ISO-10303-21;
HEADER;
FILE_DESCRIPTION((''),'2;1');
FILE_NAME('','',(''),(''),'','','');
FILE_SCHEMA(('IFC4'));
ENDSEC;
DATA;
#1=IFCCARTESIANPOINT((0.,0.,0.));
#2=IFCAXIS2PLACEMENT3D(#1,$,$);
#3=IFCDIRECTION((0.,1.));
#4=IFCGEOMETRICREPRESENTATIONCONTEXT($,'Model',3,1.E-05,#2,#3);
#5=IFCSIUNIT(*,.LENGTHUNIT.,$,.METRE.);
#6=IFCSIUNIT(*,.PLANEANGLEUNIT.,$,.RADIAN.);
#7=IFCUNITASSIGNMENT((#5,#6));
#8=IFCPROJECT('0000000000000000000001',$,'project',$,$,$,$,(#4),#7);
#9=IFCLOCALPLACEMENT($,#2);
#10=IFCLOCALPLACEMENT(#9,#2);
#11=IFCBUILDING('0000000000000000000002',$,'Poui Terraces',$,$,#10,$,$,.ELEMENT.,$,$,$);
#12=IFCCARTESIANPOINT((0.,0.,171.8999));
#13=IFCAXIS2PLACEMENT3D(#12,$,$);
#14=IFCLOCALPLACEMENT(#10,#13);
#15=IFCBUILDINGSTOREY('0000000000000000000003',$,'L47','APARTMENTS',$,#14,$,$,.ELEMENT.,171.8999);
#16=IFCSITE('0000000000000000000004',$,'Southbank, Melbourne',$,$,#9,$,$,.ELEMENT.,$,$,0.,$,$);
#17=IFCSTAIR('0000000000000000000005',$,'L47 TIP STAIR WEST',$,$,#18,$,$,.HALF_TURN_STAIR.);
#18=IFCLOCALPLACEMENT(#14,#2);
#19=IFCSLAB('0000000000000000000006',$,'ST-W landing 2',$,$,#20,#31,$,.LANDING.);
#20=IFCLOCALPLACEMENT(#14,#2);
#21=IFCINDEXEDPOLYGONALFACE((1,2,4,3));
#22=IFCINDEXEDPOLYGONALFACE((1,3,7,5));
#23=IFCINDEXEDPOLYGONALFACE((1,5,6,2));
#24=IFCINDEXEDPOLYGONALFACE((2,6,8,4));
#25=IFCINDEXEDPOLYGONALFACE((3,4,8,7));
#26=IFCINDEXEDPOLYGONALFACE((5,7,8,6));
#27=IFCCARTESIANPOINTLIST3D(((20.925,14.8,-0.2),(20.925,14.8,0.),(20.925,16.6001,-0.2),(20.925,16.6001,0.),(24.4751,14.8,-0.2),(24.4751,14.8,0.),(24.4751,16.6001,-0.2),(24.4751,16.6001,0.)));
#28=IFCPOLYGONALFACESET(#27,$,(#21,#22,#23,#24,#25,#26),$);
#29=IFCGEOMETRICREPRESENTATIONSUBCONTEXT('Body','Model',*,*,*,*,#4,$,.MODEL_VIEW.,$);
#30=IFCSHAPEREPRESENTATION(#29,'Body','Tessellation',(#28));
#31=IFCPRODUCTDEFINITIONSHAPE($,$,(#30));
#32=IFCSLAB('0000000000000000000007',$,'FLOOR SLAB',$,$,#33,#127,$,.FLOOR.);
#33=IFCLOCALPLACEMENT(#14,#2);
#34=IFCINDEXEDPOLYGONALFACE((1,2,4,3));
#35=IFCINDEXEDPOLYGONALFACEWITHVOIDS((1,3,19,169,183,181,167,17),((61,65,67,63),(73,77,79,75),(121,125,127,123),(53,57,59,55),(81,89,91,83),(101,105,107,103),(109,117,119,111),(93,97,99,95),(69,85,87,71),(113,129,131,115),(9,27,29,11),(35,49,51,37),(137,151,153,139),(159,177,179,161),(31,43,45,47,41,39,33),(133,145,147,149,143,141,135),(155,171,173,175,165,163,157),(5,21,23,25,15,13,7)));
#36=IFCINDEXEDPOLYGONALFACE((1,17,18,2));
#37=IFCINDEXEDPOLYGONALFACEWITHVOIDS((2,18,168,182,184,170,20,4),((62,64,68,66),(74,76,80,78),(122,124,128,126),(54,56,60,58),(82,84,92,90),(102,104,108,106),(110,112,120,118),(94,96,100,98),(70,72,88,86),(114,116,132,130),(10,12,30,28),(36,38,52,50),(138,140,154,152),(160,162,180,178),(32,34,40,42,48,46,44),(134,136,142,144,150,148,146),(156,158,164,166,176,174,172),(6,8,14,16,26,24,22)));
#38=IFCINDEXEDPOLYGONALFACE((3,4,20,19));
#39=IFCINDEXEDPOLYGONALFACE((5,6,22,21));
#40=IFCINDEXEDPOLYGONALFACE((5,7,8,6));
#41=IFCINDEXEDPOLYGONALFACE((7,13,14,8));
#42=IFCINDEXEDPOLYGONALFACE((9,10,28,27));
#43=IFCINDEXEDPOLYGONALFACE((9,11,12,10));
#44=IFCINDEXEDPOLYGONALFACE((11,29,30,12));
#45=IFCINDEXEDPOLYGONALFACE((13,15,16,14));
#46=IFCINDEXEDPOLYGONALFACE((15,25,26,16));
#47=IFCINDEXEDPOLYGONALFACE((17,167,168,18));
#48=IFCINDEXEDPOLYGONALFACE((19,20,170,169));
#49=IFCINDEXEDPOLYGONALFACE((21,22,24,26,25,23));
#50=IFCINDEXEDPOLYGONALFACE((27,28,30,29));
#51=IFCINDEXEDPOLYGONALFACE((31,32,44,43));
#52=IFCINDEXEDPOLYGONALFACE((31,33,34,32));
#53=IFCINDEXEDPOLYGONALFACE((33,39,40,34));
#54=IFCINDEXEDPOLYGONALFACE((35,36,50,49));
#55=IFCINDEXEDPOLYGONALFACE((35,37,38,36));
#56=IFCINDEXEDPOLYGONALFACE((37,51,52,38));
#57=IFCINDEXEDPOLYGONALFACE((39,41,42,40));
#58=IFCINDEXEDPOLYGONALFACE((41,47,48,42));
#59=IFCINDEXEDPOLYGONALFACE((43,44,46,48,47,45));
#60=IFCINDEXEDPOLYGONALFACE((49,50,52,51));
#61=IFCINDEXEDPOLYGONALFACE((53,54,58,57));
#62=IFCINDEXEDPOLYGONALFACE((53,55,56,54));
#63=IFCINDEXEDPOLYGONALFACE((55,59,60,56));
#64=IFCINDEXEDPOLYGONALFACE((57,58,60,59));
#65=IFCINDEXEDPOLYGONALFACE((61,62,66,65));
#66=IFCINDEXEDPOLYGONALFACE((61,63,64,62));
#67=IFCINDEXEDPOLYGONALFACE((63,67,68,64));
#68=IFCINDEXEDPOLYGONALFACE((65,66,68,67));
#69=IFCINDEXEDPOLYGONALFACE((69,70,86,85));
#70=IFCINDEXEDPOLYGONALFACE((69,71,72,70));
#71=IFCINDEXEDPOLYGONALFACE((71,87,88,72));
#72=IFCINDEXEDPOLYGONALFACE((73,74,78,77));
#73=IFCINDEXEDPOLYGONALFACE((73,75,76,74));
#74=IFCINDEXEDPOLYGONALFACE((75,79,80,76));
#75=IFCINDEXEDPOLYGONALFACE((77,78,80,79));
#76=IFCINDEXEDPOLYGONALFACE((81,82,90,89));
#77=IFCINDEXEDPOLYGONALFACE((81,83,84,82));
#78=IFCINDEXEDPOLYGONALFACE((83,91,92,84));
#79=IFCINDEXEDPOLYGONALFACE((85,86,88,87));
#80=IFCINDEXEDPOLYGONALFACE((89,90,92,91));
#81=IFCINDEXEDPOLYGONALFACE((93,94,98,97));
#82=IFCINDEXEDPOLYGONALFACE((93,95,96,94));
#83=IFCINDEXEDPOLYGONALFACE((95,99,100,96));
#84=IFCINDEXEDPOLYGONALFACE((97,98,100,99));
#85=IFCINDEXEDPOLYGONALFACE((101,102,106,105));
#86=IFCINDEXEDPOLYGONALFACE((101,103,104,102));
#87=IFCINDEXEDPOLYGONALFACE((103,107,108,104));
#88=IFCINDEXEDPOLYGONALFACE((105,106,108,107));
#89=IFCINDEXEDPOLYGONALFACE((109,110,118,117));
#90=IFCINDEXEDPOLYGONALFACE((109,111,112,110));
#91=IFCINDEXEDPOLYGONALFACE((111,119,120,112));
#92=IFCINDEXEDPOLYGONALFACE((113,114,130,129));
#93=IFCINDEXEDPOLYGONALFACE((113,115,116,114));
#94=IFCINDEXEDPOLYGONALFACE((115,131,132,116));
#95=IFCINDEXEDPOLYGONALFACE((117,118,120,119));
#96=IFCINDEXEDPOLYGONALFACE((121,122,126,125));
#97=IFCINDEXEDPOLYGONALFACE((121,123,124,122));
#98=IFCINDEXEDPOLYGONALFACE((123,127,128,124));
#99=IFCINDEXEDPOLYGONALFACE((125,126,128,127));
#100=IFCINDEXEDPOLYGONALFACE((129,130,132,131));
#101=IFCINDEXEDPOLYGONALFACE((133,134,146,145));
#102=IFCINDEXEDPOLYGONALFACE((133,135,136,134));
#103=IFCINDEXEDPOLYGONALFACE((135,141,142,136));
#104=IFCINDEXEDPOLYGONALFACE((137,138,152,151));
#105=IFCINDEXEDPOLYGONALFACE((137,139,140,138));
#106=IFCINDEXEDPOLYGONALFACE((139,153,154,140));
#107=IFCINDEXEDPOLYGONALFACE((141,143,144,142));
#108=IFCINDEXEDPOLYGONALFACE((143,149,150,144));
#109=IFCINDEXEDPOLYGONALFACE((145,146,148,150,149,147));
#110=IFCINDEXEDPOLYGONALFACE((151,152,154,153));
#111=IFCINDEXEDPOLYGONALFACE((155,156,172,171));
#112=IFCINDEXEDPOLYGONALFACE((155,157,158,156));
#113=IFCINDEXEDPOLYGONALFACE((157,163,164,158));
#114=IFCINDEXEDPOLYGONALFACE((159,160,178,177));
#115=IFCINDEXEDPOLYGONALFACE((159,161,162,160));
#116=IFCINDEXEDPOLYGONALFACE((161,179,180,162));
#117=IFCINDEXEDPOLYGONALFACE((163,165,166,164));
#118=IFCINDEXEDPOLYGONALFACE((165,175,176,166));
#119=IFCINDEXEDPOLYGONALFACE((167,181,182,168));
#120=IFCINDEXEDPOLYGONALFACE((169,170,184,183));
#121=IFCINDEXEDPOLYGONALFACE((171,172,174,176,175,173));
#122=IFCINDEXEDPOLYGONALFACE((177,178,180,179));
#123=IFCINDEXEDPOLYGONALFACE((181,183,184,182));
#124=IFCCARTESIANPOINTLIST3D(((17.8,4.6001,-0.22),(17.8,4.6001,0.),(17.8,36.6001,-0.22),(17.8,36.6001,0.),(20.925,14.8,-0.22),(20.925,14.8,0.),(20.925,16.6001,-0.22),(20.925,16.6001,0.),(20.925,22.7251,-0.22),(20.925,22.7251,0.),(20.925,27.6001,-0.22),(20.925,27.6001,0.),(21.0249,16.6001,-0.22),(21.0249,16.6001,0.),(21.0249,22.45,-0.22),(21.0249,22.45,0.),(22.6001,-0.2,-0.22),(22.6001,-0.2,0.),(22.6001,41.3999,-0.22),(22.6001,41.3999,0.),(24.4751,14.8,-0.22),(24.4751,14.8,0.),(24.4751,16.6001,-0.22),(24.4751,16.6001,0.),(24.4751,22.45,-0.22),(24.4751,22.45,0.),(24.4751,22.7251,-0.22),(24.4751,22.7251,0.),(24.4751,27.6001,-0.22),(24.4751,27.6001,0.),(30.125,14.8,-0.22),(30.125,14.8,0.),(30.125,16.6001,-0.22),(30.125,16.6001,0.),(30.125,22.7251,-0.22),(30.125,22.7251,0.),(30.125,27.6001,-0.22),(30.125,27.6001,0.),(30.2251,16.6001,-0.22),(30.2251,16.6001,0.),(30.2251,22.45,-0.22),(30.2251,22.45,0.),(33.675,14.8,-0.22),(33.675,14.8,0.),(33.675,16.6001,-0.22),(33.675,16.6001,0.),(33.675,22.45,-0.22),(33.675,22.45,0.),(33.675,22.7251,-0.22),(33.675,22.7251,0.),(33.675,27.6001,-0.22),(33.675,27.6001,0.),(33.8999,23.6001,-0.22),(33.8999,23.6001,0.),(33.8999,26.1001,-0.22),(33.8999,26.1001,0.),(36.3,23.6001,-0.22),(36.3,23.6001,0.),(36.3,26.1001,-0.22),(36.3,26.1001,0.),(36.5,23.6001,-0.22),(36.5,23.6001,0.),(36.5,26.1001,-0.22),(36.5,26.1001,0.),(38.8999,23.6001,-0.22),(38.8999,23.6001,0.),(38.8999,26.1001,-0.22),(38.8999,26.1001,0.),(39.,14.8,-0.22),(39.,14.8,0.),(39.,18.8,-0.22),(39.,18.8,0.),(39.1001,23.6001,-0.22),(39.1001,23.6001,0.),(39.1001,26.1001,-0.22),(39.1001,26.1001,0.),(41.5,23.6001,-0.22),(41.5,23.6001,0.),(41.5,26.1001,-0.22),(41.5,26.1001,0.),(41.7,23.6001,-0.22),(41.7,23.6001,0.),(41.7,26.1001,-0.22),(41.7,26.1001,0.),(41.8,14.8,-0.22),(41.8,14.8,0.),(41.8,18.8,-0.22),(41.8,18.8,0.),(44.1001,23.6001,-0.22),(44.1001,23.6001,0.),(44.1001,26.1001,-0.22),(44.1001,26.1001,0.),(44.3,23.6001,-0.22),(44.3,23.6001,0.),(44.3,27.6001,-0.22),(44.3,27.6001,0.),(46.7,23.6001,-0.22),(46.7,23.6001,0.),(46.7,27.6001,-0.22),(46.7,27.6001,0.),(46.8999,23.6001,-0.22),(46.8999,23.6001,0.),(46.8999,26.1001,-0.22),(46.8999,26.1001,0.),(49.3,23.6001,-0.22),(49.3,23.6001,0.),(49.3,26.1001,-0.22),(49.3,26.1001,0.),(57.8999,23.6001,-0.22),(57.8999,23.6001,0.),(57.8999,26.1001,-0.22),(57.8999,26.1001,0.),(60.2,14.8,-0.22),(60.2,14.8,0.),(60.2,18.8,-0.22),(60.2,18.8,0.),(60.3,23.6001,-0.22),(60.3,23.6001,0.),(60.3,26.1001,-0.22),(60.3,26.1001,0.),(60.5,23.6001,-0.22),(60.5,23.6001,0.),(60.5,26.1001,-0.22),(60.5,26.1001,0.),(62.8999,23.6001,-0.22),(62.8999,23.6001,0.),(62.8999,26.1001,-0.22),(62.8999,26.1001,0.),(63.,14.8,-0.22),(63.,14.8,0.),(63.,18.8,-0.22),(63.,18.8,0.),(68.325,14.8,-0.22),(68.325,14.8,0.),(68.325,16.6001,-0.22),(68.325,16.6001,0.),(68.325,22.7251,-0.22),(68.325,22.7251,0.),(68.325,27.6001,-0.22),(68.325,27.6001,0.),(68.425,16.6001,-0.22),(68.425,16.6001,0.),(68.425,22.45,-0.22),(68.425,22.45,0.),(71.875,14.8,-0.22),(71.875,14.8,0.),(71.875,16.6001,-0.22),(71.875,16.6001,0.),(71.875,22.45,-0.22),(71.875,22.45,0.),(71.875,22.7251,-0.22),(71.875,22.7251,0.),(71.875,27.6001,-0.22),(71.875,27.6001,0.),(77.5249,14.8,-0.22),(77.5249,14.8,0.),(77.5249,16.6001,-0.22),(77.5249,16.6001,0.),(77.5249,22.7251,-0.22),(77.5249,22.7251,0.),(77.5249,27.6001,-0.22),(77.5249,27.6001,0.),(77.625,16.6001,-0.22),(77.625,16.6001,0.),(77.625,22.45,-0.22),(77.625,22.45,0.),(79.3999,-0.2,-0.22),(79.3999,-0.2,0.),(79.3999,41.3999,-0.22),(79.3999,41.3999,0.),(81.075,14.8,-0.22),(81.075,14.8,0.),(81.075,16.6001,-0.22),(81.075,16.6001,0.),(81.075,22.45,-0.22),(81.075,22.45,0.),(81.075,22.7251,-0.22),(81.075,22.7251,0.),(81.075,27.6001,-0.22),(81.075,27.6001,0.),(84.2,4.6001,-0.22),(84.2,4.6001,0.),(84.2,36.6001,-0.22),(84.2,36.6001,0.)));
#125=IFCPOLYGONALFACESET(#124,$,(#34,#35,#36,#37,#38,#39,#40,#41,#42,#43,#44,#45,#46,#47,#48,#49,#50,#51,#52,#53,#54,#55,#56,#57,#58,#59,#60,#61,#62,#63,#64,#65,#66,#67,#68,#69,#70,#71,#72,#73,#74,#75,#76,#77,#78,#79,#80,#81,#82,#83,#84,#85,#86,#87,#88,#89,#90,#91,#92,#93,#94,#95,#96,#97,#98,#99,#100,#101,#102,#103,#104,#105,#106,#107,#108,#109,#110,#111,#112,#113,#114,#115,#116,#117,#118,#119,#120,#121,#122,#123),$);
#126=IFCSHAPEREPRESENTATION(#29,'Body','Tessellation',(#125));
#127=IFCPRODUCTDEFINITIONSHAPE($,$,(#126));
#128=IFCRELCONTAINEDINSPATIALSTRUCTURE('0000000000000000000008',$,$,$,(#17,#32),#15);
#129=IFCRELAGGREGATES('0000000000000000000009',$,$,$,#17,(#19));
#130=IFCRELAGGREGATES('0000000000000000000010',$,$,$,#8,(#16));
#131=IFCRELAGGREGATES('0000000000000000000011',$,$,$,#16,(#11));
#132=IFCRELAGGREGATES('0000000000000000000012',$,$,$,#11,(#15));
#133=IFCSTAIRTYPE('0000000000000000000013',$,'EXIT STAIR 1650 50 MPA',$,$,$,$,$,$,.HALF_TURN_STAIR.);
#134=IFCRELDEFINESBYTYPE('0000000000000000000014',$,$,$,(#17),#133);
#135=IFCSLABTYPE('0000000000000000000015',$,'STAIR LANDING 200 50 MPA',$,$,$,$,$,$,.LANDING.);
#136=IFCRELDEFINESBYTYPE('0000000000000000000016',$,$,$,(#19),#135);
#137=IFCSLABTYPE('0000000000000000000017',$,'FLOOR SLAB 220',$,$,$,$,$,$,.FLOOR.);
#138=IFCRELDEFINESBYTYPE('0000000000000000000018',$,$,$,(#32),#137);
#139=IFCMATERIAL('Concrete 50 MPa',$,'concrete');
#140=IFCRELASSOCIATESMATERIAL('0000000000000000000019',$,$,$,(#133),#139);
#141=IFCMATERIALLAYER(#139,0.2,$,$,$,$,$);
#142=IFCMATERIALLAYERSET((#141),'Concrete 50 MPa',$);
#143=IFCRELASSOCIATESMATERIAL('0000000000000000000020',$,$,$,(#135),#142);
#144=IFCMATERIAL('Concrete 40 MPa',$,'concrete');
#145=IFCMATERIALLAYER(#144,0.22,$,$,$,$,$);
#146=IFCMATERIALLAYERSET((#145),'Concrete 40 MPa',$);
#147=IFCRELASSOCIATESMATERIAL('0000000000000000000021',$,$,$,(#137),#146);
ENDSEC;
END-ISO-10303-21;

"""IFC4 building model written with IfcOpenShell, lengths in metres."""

from ifc_helpers import new_model, si_unit, direction, frame, origin, place, context, subcontext, project, spatial, polyline, outline, extrude, source, transform, mapped, material, layer, layer_set, type_object, element, aggregate, save


model = new_model("IFC4")

# Units and contexts
model_context = context("Model", 3, precision=1e-05, world=origin(), true_north=direction((0.0, 1.0)))
body_context = subcontext(model_context, "Body", "Model", "MODEL_VIEW")
ifc_project = project(units=[si_unit("LENGTHUNIT", "METRE"), si_unit("PLANEANGLEUNIT", "RADIAN")], contexts=[model_context])

# Site, building, storey
site_placement = place(None, origin())
site = spatial("IfcSite", under=ifc_project, at=site_placement, Name="Southbank, Melbourne", CompositionType="ELEMENT", RefElevation=0.0)
building_placement = place(site_placement, origin())
building = spatial("IfcBuilding", under=site, at=building_placement, Name="Poui Terraces", CompositionType="ELEMENT")
storey_placement = place(building_placement, frame((0.0, 0.0, 171.8999)))
storey = spatial("IfcBuildingStorey", under=building, at=storey_placement, Name="L47", Description="APARTMENTS", CompositionType="ELEMENT", Elevation=171.8999)

# Stair, slab
ifc_material_1 = material(Name="Concrete 50 MPa", Category="concrete")
stair_type = type_object("IfcStairType", Name="EXIT STAIR 1650 50 MPA", PredefinedType="HALF_TURN_STAIR", material=ifc_material_1)
stair_placement = place(storey_placement, origin())
stair = element("IfcStair", 1, at=stair_placement, inside=storey, type_object=stair_type, Name="L47 TIP STAIR WEST", PredefinedType="HALF_TURN_STAIR")
ifc_layer_1 = layer(ifc_material_1, 0.2)
ifc_layer_set_1 = layer_set([ifc_layer_1], Name="Concrete 50 MPa")
slab_type_1 = type_object("IfcSlabType", Name="STAIR LANDING 200 50 MPA", PredefinedType="LANDING", material=ifc_layer_set_1)
slab_1_placement = place(storey_placement, frame((0.0, 0.0, -0.2)))
slab_1 = element("IfcSlab", 2, at=slab_1_placement, type_object=slab_type_1, Name="ST-W landing 2", PredefinedType="LANDING", context=body_context, shape_type="SweptSolid", body=[
    extrude(outline(polyline([(20.925, 14.8), (24.4751, 14.8), (24.4751, 16.6001), (20.925, 16.6001), (20.925, 14.8)])), origin(), (0.0, 0.0, 1.0), 0.2),
])
aggregate(stair, [slab_1])

# Slab
ifc_material_2 = material(Name="Concrete 40 MPa", Category="concrete")
ifc_layer_2 = layer(ifc_material_2, 0.22)
ifc_layer_set_2 = layer_set([ifc_layer_2], Name="Concrete 40 MPa")
slab_type_2 = type_object("IfcSlabType", Name="FLOOR SLAB 220", PredefinedType="FLOOR", material=ifc_layer_set_2)
shared_shape = source(origin(), body_context, "Body", "SweptSolid", [
    extrude(outline(polyline([(0.0, 0.0), (4.8, -4.8), (61.5999, -4.8), (66.3999, 0.0), (66.3999, 32.0), (61.5999, 36.7998), (4.8, 36.7998), (0.0, 32.0), (0.0, 0.0)]), holes=[polyline([(21.2, 10.2), (21.2, 14.2), (24.0, 14.2), (24.0, 10.2), (21.2, 10.2)]), polyline([(3.2249, 17.8499), (6.675, 17.8499), (6.675, 12.0), (6.675, 10.2), (3.125, 10.2), (3.125, 12.0), (3.2249, 12.0), (3.2249, 17.8499)]), polyline([(12.425, 17.8499), (15.875, 17.8499), (15.875, 12.0), (15.875, 10.2), (12.325, 10.2), (12.325, 12.0), (12.425, 12.0), (12.425, 17.8499)]), polyline([(16.0999, 19.0), (16.0999, 21.5), (18.5, 21.5), (18.5, 19.0), (16.0999, 19.0)]), polyline([(18.7, 19.0), (18.7, 21.5), (21.0999, 21.5), (21.0999, 19.0), (18.7, 19.0)]), polyline([(21.3, 19.0), (21.3, 21.5), (23.7, 21.5), (23.7, 19.0), (21.3, 19.0)]), polyline([(23.8999, 19.0), (23.8999, 21.5), (26.3, 21.5), (26.3, 19.0), (23.8999, 19.0)]), polyline([(3.125, 23.0), (6.675, 23.0), (6.675, 18.125), (3.125, 18.125), (3.125, 23.0)]), polyline([(12.325, 23.0), (15.875, 23.0), (15.875, 18.125), (12.325, 18.125), (12.325, 23.0)]), polyline([(42.3999, 10.2), (42.3999, 14.2), (45.2, 14.2), (45.2, 10.2), (42.3999, 10.2)]), polyline([(50.625, 17.8499), (54.075, 17.8499), (54.075, 12.0), (54.075, 10.2), (50.5249, 10.2), (50.5249, 12.0), (50.625, 12.0), (50.625, 17.8499)]), polyline([(59.825, 17.8499), (63.2749, 17.8499), (63.2749, 12.0), (63.2749, 10.2), (59.7249, 10.2), (59.7249, 12.0), (59.825, 12.0), (59.825, 17.8499)]), polyline([(29.0999, 19.0), (29.0999, 21.5), (31.5, 21.5), (31.5, 19.0), (29.0999, 19.0)]), polyline([(40.0999, 19.0), (40.0999, 21.5), (42.5, 21.5), (42.5, 19.0), (40.0999, 19.0)]), polyline([(42.7, 19.0), (42.7, 21.5), (45.0999, 21.5), (45.0999, 19.0), (42.7, 19.0)]), polyline([(50.5249, 18.125), (50.5249, 23.0), (54.075, 23.0), (54.075, 18.125), (50.5249, 18.125)]), polyline([(59.7249, 23.0), (63.2749, 23.0), (63.2749, 18.125), (59.7249, 18.125), (59.7249, 23.0)]), polyline([(26.5, 23.0), (28.8999, 23.0), (28.8999, 19.0), (26.5, 19.0), (26.5, 23.0)])]), origin(), (0.0, 0.0, 1.0), 0.22),
])
slab_2_placement = place(storey_placement, frame((17.8, 4.6001, -0.22)))
element("IfcSlab", 3, at=slab_2_placement, inside=storey, type_object=slab_type_2, Name="FLOOR SLAB", PredefinedType="FLOOR", context=body_context, shape_type="MappedRepresentation", body=[
    mapped(shared_shape, transform((0.0, 0.0, 0.0))),
])

save(model, "model.ifc")
